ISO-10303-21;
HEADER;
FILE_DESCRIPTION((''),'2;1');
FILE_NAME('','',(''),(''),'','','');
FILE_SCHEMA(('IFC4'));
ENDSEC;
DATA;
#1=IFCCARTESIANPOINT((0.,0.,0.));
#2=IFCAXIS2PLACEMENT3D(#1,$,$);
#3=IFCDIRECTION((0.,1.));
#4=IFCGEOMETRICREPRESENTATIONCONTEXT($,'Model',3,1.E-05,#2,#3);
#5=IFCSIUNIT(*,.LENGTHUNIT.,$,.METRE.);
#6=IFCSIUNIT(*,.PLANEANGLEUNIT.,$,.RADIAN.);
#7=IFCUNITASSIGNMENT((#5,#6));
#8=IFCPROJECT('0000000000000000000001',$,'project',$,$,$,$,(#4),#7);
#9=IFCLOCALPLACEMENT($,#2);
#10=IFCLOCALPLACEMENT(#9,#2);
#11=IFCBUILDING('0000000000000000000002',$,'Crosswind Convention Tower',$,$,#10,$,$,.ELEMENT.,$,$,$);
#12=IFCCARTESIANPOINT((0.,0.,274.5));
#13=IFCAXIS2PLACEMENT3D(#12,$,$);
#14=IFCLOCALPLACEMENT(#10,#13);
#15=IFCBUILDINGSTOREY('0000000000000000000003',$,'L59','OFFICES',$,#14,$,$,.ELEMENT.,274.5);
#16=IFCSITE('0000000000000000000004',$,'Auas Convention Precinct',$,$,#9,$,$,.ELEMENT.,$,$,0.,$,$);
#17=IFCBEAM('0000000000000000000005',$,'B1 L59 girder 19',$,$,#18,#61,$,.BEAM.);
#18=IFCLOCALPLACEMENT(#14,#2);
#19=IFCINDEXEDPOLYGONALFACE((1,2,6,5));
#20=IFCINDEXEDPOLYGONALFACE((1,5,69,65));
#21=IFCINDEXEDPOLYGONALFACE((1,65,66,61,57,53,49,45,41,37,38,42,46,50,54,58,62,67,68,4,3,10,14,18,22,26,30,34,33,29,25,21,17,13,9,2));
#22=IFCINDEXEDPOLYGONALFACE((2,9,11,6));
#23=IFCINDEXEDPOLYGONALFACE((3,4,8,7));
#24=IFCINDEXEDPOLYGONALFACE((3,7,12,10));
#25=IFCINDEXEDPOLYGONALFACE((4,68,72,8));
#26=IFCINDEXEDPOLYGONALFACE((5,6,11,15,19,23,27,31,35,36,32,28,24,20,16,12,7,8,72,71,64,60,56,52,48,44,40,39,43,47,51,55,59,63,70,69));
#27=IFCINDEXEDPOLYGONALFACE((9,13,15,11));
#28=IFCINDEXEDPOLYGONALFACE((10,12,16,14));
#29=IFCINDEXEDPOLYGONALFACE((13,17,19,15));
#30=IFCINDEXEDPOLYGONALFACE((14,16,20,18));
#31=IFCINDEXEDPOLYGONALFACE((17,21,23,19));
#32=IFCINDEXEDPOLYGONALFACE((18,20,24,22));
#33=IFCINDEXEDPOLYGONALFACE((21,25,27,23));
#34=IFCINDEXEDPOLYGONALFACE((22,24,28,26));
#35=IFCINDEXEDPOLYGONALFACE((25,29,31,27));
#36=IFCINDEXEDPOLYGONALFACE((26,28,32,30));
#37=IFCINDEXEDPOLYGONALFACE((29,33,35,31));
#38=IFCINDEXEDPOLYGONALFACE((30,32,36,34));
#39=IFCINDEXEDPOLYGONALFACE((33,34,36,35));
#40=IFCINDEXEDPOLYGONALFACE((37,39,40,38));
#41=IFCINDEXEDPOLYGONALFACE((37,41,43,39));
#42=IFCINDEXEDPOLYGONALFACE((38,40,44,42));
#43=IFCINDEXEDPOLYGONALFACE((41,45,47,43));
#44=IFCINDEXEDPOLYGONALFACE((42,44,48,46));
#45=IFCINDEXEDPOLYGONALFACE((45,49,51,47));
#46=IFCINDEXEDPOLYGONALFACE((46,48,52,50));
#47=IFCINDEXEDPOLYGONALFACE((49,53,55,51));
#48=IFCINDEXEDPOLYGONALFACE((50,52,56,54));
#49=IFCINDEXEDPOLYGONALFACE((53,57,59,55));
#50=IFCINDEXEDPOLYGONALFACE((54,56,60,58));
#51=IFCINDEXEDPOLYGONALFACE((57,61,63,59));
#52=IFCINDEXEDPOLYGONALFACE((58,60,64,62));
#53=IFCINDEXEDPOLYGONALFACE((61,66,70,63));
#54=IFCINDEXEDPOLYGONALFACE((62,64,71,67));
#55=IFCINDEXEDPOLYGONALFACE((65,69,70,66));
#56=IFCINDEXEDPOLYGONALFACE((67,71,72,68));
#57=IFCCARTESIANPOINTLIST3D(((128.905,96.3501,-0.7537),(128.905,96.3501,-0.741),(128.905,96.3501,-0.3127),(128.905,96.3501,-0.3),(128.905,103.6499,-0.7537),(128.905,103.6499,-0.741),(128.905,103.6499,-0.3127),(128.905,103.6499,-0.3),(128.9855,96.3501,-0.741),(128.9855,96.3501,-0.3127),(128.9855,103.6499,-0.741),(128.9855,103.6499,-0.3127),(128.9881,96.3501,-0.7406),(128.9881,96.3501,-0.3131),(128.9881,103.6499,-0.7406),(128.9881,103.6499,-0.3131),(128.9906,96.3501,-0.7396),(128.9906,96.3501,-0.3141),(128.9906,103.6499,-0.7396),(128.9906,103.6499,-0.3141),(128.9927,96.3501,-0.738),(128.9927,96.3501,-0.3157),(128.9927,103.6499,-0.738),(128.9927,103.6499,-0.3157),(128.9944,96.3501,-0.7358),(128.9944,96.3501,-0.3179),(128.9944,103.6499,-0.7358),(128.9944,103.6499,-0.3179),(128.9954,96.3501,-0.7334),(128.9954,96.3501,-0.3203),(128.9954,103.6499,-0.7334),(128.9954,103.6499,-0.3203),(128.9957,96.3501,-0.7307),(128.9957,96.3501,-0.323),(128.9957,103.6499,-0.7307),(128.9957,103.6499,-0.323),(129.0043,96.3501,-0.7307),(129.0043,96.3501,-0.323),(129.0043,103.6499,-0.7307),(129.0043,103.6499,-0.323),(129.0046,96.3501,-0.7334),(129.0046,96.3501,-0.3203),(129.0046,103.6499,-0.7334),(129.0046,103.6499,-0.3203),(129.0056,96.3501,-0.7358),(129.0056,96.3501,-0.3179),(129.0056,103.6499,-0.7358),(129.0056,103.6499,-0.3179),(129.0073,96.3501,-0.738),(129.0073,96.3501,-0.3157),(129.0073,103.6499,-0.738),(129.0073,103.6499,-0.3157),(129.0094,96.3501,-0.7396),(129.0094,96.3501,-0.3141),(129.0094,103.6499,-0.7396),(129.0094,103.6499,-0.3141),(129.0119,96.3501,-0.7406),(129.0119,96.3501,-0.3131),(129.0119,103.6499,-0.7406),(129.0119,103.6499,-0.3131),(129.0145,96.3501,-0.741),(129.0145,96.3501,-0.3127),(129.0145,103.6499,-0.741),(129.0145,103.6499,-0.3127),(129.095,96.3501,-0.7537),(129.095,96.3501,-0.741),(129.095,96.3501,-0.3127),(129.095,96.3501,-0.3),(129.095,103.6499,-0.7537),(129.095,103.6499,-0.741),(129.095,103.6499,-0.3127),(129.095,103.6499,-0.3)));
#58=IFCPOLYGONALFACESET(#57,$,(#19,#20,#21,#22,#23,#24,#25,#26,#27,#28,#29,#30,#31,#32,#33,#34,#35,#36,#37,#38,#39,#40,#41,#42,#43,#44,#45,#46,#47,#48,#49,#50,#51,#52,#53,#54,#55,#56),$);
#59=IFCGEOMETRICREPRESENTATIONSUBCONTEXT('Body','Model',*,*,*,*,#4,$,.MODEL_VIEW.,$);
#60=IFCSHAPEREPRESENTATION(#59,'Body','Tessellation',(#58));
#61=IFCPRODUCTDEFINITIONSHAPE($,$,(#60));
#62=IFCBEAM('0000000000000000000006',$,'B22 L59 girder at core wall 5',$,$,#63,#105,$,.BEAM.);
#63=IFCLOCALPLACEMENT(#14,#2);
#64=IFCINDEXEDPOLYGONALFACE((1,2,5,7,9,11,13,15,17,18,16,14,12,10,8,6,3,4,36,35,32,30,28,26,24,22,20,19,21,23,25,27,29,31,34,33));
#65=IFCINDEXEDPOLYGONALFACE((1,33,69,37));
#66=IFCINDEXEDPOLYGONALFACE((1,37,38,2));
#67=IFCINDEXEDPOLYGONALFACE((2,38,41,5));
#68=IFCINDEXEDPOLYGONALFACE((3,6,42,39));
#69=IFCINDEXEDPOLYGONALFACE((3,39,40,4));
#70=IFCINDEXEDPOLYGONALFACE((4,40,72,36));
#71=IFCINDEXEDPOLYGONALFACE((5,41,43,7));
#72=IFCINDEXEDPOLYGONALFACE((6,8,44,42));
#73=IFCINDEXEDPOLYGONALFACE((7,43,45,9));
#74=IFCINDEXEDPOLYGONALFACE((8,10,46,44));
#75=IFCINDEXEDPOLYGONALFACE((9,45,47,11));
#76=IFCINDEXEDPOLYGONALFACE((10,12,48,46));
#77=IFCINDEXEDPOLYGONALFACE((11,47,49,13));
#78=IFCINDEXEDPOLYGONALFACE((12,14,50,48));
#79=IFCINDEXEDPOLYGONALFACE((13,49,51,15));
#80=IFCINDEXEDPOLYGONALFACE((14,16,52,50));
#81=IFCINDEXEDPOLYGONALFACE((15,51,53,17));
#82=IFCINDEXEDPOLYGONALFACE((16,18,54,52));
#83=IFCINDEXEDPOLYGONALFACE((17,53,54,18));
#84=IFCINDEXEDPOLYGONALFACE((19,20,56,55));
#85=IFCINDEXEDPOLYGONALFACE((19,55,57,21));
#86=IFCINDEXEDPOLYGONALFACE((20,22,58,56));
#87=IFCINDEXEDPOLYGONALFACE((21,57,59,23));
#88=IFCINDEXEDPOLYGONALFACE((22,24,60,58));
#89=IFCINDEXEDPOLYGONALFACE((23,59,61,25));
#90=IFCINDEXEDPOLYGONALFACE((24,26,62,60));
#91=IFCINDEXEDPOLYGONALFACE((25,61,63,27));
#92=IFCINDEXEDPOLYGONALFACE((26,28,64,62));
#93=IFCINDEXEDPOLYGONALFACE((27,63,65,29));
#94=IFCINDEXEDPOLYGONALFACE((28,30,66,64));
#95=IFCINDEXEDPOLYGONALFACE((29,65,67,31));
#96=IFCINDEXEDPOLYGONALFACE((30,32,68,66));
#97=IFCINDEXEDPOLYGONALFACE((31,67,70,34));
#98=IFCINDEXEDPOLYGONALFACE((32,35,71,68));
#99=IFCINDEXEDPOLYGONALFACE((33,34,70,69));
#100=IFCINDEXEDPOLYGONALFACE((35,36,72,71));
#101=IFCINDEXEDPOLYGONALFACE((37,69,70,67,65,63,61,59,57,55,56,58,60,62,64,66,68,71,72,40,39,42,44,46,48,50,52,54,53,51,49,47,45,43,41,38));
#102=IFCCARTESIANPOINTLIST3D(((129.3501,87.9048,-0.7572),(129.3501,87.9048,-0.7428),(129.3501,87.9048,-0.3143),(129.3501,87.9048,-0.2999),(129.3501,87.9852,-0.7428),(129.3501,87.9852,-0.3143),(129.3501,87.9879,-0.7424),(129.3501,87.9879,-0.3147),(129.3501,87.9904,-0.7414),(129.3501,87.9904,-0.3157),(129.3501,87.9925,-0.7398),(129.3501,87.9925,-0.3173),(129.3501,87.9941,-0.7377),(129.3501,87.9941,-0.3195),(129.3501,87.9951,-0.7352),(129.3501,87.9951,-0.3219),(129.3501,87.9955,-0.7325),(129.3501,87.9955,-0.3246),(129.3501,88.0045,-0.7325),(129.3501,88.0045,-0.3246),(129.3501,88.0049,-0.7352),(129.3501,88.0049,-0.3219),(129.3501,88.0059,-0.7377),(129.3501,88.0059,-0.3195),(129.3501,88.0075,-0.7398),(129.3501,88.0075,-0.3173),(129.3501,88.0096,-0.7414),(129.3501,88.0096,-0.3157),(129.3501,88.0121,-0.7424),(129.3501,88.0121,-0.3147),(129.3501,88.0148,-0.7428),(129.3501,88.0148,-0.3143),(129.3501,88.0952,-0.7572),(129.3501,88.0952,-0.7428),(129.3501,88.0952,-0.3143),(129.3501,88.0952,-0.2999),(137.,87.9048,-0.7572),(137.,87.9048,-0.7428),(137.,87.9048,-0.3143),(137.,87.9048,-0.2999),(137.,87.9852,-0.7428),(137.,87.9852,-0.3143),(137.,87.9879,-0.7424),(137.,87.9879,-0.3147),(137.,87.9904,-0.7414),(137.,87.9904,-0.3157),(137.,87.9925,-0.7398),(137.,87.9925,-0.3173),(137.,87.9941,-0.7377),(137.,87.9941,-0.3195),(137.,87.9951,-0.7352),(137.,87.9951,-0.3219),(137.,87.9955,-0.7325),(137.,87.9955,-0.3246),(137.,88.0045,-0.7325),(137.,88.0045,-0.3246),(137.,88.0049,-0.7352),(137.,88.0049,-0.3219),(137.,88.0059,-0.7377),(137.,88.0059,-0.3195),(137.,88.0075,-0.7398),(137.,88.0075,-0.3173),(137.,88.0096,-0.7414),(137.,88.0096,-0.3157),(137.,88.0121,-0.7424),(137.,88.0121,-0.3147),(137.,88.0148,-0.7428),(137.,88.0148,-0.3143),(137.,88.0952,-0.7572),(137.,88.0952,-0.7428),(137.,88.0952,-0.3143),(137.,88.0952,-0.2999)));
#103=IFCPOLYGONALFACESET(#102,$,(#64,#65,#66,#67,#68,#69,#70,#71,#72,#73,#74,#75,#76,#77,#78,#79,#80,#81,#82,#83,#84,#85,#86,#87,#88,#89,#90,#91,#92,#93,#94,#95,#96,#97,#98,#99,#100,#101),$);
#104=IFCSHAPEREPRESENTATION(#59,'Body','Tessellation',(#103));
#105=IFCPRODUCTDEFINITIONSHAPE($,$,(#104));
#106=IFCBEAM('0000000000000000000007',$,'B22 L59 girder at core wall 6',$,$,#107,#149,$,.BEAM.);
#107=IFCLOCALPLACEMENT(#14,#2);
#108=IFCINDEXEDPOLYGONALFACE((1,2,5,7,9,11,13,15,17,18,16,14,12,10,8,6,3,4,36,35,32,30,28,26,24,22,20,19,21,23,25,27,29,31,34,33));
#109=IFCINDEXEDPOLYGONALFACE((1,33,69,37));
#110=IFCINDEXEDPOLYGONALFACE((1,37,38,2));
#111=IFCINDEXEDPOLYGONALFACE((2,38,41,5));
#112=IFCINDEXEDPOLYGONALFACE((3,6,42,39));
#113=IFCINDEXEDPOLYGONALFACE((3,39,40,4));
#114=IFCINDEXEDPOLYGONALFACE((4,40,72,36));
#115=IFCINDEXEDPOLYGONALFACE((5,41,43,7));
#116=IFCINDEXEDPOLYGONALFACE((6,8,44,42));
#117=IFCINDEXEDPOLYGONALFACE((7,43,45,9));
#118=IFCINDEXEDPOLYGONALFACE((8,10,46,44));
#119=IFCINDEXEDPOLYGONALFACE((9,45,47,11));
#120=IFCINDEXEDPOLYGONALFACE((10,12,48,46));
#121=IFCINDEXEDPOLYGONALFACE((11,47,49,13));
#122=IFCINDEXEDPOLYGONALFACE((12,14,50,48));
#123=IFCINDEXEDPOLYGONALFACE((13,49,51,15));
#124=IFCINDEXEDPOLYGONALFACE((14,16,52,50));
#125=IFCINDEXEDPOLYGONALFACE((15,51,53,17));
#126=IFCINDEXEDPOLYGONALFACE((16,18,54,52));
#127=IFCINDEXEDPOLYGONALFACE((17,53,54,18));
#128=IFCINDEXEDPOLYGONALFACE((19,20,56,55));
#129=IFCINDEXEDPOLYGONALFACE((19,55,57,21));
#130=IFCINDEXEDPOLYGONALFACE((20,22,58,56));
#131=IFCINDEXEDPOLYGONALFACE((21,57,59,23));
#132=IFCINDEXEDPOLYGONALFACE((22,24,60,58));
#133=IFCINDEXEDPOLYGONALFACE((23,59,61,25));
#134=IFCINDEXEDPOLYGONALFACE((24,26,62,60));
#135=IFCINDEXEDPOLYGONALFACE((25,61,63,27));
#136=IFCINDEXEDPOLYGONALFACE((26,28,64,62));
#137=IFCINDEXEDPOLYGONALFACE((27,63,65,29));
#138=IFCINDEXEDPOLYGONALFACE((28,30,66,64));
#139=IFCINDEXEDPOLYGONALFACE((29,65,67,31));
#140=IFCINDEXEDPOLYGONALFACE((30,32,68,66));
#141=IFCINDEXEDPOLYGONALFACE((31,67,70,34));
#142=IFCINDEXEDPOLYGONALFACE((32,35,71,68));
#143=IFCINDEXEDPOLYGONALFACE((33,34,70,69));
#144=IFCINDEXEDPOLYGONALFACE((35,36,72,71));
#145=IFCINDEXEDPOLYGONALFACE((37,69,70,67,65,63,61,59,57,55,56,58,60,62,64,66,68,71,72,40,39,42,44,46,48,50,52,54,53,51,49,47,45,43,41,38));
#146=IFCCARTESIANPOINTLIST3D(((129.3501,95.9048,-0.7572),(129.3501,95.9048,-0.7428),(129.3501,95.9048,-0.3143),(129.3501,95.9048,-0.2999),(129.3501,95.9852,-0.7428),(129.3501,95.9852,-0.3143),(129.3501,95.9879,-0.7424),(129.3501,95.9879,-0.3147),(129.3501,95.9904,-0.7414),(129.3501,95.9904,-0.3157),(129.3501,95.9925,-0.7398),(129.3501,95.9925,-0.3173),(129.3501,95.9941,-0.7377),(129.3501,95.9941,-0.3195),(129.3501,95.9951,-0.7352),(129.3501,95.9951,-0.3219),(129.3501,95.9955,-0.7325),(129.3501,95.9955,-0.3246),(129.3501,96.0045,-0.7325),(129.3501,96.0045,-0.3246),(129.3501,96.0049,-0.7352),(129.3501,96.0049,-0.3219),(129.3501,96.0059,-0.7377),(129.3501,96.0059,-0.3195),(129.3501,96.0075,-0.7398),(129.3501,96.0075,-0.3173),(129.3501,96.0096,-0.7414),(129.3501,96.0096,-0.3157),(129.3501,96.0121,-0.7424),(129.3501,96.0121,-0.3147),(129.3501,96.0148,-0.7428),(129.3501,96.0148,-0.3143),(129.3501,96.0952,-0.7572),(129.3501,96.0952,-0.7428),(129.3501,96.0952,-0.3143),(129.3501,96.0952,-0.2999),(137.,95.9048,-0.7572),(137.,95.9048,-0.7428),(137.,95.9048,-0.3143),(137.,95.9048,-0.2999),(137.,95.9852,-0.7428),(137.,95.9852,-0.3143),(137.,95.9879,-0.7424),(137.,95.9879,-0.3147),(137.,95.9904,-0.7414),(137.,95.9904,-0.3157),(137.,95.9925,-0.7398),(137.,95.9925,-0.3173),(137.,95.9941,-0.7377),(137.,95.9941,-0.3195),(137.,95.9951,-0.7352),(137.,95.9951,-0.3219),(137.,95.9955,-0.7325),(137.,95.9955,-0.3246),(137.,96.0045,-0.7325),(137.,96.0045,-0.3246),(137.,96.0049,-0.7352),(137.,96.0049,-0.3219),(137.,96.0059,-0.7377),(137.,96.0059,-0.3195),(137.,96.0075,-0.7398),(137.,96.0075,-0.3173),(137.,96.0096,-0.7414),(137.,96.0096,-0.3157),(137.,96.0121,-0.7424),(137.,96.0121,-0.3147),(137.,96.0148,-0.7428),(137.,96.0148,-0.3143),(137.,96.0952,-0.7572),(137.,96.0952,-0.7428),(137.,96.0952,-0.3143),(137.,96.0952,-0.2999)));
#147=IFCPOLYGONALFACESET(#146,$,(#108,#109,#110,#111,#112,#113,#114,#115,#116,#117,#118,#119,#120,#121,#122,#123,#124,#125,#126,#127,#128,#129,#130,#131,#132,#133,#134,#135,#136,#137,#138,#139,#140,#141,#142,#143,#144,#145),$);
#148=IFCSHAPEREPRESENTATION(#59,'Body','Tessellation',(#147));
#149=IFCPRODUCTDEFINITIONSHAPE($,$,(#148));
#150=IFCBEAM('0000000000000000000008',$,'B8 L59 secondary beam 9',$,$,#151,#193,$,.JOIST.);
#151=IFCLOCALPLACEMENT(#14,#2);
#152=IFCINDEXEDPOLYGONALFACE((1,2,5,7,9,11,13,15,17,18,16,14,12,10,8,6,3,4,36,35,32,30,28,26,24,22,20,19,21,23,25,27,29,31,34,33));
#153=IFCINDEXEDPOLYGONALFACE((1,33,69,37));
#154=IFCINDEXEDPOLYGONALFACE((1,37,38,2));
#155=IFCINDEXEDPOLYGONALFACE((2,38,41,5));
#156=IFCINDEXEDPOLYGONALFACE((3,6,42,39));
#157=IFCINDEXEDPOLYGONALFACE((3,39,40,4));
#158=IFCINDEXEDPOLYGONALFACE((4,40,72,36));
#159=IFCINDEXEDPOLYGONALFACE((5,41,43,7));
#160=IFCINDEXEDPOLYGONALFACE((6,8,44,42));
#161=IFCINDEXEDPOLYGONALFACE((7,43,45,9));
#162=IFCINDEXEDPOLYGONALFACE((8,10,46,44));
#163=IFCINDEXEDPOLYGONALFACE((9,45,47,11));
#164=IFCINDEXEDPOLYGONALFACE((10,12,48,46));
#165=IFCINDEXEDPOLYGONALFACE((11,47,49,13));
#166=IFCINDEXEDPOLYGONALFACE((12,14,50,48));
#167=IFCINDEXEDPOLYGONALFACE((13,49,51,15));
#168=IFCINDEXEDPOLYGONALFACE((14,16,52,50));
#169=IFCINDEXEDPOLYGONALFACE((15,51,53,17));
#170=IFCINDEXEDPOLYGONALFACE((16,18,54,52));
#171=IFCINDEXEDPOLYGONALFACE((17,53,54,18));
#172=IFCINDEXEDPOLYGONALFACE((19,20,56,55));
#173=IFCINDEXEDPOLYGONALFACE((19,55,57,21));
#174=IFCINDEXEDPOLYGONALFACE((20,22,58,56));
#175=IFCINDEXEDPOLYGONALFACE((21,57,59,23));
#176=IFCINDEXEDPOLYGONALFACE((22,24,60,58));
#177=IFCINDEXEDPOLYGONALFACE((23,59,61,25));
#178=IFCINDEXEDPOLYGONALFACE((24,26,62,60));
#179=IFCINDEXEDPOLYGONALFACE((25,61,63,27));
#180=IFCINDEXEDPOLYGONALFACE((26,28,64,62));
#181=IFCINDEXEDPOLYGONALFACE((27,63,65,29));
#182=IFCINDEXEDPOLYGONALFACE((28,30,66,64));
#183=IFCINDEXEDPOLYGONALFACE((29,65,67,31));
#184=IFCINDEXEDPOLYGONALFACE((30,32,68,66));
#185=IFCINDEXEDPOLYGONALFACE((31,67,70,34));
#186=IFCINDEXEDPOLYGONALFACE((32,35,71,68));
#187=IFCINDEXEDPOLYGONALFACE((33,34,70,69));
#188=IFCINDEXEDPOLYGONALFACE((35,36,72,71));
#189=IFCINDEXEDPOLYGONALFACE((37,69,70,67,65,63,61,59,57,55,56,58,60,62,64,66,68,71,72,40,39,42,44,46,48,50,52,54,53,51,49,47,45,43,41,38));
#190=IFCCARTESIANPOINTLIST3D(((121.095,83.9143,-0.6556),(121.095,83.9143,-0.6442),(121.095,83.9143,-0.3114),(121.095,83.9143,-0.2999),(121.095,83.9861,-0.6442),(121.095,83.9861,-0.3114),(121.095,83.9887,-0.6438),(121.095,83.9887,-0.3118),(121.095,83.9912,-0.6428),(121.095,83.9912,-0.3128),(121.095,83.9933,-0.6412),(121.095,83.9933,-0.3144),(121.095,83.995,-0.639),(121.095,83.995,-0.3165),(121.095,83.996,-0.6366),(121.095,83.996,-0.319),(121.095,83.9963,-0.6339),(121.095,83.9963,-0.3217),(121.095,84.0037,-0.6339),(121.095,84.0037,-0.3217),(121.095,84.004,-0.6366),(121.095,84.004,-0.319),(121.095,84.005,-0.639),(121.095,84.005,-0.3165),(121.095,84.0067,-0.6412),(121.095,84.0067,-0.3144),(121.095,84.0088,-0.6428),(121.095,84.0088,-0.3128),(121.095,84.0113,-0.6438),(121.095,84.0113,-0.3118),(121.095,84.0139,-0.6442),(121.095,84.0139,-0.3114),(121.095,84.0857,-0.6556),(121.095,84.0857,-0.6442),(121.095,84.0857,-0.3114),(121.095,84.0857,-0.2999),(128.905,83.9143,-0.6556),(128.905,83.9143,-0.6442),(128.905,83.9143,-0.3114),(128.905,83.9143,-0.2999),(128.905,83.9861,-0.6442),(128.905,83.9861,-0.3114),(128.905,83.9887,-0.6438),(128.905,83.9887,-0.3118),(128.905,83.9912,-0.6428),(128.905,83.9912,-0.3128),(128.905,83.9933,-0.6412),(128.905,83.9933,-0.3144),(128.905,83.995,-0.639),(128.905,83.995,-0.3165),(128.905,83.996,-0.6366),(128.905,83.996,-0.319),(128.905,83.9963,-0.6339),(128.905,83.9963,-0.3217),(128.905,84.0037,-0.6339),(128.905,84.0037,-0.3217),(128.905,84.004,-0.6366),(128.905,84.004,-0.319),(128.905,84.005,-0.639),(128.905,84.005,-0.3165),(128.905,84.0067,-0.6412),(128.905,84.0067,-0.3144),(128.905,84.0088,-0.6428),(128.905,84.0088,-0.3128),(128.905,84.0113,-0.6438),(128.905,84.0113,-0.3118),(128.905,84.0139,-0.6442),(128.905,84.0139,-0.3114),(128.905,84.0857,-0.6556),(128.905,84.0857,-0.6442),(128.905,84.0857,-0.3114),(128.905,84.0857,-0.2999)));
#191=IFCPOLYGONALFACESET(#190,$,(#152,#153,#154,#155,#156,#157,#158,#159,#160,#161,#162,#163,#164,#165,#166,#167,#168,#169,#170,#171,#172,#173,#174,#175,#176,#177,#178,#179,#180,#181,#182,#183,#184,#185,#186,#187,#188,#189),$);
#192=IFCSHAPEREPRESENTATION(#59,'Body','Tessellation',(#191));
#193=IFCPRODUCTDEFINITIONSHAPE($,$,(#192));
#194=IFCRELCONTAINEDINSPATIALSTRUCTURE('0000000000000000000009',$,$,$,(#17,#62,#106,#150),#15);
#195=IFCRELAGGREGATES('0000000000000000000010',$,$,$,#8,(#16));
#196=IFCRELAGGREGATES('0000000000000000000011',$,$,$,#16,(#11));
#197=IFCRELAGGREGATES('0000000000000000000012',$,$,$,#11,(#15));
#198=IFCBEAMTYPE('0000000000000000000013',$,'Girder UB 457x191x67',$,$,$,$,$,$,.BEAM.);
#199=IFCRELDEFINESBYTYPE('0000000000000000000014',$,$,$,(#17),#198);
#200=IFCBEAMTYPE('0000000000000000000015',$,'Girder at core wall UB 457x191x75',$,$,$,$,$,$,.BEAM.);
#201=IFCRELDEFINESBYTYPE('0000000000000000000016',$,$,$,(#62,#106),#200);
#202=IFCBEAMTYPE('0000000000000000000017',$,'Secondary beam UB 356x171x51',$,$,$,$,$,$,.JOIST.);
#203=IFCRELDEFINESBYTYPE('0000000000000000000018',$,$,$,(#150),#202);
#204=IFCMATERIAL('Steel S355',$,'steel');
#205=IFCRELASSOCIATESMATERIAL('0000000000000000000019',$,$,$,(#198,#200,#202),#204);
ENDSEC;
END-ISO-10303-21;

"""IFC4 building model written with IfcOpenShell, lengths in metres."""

from ifc_helpers import new_model, si_unit, direction, frame, origin, origin_2d, place, context, subcontext, project, spatial, i_section, extrude, material, material_profile, profile_set, type_object, element, save


model = new_model("IFC4")

# Units and contexts
model_context = context("Model", 3, precision=1e-05, world=origin(), true_north=direction((0.0, 1.0)))
body_context = subcontext(model_context, "Body", "Model", "MODEL_VIEW")
ifc_project = project(units=[si_unit("LENGTHUNIT", "METRE"), si_unit("PLANEANGLEUNIT", "RADIAN")], contexts=[model_context])

# Site, building, storey
site_placement = place(None, origin())
site = spatial("IfcSite", under=ifc_project, at=site_placement, Name="Auas Convention Precinct", CompositionType="ELEMENT", RefElevation=0.0)
building_placement = place(site_placement, origin())
building = spatial("IfcBuilding", under=site, at=building_placement, Name="Crosswind Convention Tower", CompositionType="ELEMENT")
storey_placement = place(building_placement, frame((0.0, 0.0, 274.5)))
storey = spatial("IfcBuildingStorey", under=building, at=storey_placement, Name="L59", Description="OFFICES", CompositionType="ELEMENT", Elevation=274.5)

# Beams
ifc_material_1 = material(Name="Steel S355", Category="steel")
ifc_material_profile_1 = material_profile(ifc_material_1, i_section(OverallWidth=0.1899, OverallDepth=0.4536, WebThickness=0.0085, FlangeThickness=0.0127, FilletRadius=0.0103, at=origin_2d()), Name="UB 457x191x67")
ifc_profile_set_1 = profile_set([ifc_material_profile_1], Name="Steel S355")
beam_type_1 = type_object("IfcBeamType", Name="Girder UB 457x191x67", PredefinedType="BEAM", material=ifc_profile_set_1)
for number, where, z_axis, x_axis, name in (
    (1, (129.0, 96.3501, -0.5269), (0.0, 1.0, 0.0), (-1.0, 0.0, 0.0), "B1 L59 girder 19"),
):
    element("IfcBeam", number, at=place(storey_placement, frame(where, z_axis=z_axis, x_axis=x_axis)), inside=storey, type_object=beam_type_1, Name=name, PredefinedType="BEAM", context=body_context, shape_type="SweptSolid", body=[
        extrude(i_section(OverallWidth=0.1899, OverallDepth=0.4536, WebThickness=0.0085, FlangeThickness=0.0127, FilletRadius=0.0103, at=origin_2d()), origin(), (0.0, 0.0, 1.0), 7.2998),
    ])
ifc_material_profile_2 = material_profile(ifc_material_1, i_section(OverallWidth=0.1904, OverallDepth=0.4573, WebThickness=0.009, FlangeThickness=0.0144, FilletRadius=0.0103, at=origin_2d()), Name="UB 457x191x75")
ifc_profile_set_2 = profile_set([ifc_material_profile_2], Name="Steel S355")
beam_type_2 = type_object("IfcBeamType", Name="Girder at core wall UB 457x191x75", PredefinedType="BEAM", material=ifc_profile_set_2)
for number, where, z_axis, x_axis, name in (
    (2, (129.3501, 88.0, -0.5286), (1.0, 0.0, 0.0), (0.0, 1.0, 0.0), "B22 L59 girder at core wall 5"),
    (3, (129.3501, 96.0, -0.5286), (1.0, 0.0, 0.0), (0.0, 1.0, 0.0), "B22 L59 girder at core wall 6"),
):
    element("IfcBeam", number, at=place(storey_placement, frame(where, z_axis=z_axis, x_axis=x_axis)), inside=storey, type_object=beam_type_2, Name=name, PredefinedType="BEAM", context=body_context, shape_type="SweptSolid", body=[
        extrude(i_section(OverallWidth=0.1904, OverallDepth=0.4573, WebThickness=0.009, FlangeThickness=0.0144, FilletRadius=0.0103, at=origin_2d()), origin(), (0.0, 0.0, 1.0), 7.6499),
    ])
ifc_material_profile_3 = material_profile(ifc_material_1, i_section(OverallWidth=0.1714, OverallDepth=0.3557, WebThickness=0.0073, FlangeThickness=0.0115, FilletRadius=0.0103, at=origin_2d()), Name="UB 356x171x51")
ifc_profile_set_3 = profile_set([ifc_material_profile_3], Name="Steel S355")
beam_type_3 = type_object("IfcBeamType", Name="Secondary beam UB 356x171x51", PredefinedType="JOIST", material=ifc_profile_set_3)
for number, where, z_axis, x_axis, name in (
    (4, (121.095, 84.0, -0.4778), (1.0, 0.0, 0.0), (0.0, 1.0, 0.0), "B8 L59 secondary beam 9"),
):
    element("IfcBeam", number, at=place(storey_placement, frame(where, z_axis=z_axis, x_axis=x_axis)), inside=storey, type_object=beam_type_3, Name=name, PredefinedType="JOIST", context=body_context, shape_type="SweptSolid", body=[
        extrude(i_section(OverallWidth=0.1714, OverallDepth=0.3557, WebThickness=0.0073, FlangeThickness=0.0115, FilletRadius=0.0103, at=origin_2d()), origin(), (0.0, 0.0, 1.0), 7.8101),
    ])

save(model, "model.ifc")
